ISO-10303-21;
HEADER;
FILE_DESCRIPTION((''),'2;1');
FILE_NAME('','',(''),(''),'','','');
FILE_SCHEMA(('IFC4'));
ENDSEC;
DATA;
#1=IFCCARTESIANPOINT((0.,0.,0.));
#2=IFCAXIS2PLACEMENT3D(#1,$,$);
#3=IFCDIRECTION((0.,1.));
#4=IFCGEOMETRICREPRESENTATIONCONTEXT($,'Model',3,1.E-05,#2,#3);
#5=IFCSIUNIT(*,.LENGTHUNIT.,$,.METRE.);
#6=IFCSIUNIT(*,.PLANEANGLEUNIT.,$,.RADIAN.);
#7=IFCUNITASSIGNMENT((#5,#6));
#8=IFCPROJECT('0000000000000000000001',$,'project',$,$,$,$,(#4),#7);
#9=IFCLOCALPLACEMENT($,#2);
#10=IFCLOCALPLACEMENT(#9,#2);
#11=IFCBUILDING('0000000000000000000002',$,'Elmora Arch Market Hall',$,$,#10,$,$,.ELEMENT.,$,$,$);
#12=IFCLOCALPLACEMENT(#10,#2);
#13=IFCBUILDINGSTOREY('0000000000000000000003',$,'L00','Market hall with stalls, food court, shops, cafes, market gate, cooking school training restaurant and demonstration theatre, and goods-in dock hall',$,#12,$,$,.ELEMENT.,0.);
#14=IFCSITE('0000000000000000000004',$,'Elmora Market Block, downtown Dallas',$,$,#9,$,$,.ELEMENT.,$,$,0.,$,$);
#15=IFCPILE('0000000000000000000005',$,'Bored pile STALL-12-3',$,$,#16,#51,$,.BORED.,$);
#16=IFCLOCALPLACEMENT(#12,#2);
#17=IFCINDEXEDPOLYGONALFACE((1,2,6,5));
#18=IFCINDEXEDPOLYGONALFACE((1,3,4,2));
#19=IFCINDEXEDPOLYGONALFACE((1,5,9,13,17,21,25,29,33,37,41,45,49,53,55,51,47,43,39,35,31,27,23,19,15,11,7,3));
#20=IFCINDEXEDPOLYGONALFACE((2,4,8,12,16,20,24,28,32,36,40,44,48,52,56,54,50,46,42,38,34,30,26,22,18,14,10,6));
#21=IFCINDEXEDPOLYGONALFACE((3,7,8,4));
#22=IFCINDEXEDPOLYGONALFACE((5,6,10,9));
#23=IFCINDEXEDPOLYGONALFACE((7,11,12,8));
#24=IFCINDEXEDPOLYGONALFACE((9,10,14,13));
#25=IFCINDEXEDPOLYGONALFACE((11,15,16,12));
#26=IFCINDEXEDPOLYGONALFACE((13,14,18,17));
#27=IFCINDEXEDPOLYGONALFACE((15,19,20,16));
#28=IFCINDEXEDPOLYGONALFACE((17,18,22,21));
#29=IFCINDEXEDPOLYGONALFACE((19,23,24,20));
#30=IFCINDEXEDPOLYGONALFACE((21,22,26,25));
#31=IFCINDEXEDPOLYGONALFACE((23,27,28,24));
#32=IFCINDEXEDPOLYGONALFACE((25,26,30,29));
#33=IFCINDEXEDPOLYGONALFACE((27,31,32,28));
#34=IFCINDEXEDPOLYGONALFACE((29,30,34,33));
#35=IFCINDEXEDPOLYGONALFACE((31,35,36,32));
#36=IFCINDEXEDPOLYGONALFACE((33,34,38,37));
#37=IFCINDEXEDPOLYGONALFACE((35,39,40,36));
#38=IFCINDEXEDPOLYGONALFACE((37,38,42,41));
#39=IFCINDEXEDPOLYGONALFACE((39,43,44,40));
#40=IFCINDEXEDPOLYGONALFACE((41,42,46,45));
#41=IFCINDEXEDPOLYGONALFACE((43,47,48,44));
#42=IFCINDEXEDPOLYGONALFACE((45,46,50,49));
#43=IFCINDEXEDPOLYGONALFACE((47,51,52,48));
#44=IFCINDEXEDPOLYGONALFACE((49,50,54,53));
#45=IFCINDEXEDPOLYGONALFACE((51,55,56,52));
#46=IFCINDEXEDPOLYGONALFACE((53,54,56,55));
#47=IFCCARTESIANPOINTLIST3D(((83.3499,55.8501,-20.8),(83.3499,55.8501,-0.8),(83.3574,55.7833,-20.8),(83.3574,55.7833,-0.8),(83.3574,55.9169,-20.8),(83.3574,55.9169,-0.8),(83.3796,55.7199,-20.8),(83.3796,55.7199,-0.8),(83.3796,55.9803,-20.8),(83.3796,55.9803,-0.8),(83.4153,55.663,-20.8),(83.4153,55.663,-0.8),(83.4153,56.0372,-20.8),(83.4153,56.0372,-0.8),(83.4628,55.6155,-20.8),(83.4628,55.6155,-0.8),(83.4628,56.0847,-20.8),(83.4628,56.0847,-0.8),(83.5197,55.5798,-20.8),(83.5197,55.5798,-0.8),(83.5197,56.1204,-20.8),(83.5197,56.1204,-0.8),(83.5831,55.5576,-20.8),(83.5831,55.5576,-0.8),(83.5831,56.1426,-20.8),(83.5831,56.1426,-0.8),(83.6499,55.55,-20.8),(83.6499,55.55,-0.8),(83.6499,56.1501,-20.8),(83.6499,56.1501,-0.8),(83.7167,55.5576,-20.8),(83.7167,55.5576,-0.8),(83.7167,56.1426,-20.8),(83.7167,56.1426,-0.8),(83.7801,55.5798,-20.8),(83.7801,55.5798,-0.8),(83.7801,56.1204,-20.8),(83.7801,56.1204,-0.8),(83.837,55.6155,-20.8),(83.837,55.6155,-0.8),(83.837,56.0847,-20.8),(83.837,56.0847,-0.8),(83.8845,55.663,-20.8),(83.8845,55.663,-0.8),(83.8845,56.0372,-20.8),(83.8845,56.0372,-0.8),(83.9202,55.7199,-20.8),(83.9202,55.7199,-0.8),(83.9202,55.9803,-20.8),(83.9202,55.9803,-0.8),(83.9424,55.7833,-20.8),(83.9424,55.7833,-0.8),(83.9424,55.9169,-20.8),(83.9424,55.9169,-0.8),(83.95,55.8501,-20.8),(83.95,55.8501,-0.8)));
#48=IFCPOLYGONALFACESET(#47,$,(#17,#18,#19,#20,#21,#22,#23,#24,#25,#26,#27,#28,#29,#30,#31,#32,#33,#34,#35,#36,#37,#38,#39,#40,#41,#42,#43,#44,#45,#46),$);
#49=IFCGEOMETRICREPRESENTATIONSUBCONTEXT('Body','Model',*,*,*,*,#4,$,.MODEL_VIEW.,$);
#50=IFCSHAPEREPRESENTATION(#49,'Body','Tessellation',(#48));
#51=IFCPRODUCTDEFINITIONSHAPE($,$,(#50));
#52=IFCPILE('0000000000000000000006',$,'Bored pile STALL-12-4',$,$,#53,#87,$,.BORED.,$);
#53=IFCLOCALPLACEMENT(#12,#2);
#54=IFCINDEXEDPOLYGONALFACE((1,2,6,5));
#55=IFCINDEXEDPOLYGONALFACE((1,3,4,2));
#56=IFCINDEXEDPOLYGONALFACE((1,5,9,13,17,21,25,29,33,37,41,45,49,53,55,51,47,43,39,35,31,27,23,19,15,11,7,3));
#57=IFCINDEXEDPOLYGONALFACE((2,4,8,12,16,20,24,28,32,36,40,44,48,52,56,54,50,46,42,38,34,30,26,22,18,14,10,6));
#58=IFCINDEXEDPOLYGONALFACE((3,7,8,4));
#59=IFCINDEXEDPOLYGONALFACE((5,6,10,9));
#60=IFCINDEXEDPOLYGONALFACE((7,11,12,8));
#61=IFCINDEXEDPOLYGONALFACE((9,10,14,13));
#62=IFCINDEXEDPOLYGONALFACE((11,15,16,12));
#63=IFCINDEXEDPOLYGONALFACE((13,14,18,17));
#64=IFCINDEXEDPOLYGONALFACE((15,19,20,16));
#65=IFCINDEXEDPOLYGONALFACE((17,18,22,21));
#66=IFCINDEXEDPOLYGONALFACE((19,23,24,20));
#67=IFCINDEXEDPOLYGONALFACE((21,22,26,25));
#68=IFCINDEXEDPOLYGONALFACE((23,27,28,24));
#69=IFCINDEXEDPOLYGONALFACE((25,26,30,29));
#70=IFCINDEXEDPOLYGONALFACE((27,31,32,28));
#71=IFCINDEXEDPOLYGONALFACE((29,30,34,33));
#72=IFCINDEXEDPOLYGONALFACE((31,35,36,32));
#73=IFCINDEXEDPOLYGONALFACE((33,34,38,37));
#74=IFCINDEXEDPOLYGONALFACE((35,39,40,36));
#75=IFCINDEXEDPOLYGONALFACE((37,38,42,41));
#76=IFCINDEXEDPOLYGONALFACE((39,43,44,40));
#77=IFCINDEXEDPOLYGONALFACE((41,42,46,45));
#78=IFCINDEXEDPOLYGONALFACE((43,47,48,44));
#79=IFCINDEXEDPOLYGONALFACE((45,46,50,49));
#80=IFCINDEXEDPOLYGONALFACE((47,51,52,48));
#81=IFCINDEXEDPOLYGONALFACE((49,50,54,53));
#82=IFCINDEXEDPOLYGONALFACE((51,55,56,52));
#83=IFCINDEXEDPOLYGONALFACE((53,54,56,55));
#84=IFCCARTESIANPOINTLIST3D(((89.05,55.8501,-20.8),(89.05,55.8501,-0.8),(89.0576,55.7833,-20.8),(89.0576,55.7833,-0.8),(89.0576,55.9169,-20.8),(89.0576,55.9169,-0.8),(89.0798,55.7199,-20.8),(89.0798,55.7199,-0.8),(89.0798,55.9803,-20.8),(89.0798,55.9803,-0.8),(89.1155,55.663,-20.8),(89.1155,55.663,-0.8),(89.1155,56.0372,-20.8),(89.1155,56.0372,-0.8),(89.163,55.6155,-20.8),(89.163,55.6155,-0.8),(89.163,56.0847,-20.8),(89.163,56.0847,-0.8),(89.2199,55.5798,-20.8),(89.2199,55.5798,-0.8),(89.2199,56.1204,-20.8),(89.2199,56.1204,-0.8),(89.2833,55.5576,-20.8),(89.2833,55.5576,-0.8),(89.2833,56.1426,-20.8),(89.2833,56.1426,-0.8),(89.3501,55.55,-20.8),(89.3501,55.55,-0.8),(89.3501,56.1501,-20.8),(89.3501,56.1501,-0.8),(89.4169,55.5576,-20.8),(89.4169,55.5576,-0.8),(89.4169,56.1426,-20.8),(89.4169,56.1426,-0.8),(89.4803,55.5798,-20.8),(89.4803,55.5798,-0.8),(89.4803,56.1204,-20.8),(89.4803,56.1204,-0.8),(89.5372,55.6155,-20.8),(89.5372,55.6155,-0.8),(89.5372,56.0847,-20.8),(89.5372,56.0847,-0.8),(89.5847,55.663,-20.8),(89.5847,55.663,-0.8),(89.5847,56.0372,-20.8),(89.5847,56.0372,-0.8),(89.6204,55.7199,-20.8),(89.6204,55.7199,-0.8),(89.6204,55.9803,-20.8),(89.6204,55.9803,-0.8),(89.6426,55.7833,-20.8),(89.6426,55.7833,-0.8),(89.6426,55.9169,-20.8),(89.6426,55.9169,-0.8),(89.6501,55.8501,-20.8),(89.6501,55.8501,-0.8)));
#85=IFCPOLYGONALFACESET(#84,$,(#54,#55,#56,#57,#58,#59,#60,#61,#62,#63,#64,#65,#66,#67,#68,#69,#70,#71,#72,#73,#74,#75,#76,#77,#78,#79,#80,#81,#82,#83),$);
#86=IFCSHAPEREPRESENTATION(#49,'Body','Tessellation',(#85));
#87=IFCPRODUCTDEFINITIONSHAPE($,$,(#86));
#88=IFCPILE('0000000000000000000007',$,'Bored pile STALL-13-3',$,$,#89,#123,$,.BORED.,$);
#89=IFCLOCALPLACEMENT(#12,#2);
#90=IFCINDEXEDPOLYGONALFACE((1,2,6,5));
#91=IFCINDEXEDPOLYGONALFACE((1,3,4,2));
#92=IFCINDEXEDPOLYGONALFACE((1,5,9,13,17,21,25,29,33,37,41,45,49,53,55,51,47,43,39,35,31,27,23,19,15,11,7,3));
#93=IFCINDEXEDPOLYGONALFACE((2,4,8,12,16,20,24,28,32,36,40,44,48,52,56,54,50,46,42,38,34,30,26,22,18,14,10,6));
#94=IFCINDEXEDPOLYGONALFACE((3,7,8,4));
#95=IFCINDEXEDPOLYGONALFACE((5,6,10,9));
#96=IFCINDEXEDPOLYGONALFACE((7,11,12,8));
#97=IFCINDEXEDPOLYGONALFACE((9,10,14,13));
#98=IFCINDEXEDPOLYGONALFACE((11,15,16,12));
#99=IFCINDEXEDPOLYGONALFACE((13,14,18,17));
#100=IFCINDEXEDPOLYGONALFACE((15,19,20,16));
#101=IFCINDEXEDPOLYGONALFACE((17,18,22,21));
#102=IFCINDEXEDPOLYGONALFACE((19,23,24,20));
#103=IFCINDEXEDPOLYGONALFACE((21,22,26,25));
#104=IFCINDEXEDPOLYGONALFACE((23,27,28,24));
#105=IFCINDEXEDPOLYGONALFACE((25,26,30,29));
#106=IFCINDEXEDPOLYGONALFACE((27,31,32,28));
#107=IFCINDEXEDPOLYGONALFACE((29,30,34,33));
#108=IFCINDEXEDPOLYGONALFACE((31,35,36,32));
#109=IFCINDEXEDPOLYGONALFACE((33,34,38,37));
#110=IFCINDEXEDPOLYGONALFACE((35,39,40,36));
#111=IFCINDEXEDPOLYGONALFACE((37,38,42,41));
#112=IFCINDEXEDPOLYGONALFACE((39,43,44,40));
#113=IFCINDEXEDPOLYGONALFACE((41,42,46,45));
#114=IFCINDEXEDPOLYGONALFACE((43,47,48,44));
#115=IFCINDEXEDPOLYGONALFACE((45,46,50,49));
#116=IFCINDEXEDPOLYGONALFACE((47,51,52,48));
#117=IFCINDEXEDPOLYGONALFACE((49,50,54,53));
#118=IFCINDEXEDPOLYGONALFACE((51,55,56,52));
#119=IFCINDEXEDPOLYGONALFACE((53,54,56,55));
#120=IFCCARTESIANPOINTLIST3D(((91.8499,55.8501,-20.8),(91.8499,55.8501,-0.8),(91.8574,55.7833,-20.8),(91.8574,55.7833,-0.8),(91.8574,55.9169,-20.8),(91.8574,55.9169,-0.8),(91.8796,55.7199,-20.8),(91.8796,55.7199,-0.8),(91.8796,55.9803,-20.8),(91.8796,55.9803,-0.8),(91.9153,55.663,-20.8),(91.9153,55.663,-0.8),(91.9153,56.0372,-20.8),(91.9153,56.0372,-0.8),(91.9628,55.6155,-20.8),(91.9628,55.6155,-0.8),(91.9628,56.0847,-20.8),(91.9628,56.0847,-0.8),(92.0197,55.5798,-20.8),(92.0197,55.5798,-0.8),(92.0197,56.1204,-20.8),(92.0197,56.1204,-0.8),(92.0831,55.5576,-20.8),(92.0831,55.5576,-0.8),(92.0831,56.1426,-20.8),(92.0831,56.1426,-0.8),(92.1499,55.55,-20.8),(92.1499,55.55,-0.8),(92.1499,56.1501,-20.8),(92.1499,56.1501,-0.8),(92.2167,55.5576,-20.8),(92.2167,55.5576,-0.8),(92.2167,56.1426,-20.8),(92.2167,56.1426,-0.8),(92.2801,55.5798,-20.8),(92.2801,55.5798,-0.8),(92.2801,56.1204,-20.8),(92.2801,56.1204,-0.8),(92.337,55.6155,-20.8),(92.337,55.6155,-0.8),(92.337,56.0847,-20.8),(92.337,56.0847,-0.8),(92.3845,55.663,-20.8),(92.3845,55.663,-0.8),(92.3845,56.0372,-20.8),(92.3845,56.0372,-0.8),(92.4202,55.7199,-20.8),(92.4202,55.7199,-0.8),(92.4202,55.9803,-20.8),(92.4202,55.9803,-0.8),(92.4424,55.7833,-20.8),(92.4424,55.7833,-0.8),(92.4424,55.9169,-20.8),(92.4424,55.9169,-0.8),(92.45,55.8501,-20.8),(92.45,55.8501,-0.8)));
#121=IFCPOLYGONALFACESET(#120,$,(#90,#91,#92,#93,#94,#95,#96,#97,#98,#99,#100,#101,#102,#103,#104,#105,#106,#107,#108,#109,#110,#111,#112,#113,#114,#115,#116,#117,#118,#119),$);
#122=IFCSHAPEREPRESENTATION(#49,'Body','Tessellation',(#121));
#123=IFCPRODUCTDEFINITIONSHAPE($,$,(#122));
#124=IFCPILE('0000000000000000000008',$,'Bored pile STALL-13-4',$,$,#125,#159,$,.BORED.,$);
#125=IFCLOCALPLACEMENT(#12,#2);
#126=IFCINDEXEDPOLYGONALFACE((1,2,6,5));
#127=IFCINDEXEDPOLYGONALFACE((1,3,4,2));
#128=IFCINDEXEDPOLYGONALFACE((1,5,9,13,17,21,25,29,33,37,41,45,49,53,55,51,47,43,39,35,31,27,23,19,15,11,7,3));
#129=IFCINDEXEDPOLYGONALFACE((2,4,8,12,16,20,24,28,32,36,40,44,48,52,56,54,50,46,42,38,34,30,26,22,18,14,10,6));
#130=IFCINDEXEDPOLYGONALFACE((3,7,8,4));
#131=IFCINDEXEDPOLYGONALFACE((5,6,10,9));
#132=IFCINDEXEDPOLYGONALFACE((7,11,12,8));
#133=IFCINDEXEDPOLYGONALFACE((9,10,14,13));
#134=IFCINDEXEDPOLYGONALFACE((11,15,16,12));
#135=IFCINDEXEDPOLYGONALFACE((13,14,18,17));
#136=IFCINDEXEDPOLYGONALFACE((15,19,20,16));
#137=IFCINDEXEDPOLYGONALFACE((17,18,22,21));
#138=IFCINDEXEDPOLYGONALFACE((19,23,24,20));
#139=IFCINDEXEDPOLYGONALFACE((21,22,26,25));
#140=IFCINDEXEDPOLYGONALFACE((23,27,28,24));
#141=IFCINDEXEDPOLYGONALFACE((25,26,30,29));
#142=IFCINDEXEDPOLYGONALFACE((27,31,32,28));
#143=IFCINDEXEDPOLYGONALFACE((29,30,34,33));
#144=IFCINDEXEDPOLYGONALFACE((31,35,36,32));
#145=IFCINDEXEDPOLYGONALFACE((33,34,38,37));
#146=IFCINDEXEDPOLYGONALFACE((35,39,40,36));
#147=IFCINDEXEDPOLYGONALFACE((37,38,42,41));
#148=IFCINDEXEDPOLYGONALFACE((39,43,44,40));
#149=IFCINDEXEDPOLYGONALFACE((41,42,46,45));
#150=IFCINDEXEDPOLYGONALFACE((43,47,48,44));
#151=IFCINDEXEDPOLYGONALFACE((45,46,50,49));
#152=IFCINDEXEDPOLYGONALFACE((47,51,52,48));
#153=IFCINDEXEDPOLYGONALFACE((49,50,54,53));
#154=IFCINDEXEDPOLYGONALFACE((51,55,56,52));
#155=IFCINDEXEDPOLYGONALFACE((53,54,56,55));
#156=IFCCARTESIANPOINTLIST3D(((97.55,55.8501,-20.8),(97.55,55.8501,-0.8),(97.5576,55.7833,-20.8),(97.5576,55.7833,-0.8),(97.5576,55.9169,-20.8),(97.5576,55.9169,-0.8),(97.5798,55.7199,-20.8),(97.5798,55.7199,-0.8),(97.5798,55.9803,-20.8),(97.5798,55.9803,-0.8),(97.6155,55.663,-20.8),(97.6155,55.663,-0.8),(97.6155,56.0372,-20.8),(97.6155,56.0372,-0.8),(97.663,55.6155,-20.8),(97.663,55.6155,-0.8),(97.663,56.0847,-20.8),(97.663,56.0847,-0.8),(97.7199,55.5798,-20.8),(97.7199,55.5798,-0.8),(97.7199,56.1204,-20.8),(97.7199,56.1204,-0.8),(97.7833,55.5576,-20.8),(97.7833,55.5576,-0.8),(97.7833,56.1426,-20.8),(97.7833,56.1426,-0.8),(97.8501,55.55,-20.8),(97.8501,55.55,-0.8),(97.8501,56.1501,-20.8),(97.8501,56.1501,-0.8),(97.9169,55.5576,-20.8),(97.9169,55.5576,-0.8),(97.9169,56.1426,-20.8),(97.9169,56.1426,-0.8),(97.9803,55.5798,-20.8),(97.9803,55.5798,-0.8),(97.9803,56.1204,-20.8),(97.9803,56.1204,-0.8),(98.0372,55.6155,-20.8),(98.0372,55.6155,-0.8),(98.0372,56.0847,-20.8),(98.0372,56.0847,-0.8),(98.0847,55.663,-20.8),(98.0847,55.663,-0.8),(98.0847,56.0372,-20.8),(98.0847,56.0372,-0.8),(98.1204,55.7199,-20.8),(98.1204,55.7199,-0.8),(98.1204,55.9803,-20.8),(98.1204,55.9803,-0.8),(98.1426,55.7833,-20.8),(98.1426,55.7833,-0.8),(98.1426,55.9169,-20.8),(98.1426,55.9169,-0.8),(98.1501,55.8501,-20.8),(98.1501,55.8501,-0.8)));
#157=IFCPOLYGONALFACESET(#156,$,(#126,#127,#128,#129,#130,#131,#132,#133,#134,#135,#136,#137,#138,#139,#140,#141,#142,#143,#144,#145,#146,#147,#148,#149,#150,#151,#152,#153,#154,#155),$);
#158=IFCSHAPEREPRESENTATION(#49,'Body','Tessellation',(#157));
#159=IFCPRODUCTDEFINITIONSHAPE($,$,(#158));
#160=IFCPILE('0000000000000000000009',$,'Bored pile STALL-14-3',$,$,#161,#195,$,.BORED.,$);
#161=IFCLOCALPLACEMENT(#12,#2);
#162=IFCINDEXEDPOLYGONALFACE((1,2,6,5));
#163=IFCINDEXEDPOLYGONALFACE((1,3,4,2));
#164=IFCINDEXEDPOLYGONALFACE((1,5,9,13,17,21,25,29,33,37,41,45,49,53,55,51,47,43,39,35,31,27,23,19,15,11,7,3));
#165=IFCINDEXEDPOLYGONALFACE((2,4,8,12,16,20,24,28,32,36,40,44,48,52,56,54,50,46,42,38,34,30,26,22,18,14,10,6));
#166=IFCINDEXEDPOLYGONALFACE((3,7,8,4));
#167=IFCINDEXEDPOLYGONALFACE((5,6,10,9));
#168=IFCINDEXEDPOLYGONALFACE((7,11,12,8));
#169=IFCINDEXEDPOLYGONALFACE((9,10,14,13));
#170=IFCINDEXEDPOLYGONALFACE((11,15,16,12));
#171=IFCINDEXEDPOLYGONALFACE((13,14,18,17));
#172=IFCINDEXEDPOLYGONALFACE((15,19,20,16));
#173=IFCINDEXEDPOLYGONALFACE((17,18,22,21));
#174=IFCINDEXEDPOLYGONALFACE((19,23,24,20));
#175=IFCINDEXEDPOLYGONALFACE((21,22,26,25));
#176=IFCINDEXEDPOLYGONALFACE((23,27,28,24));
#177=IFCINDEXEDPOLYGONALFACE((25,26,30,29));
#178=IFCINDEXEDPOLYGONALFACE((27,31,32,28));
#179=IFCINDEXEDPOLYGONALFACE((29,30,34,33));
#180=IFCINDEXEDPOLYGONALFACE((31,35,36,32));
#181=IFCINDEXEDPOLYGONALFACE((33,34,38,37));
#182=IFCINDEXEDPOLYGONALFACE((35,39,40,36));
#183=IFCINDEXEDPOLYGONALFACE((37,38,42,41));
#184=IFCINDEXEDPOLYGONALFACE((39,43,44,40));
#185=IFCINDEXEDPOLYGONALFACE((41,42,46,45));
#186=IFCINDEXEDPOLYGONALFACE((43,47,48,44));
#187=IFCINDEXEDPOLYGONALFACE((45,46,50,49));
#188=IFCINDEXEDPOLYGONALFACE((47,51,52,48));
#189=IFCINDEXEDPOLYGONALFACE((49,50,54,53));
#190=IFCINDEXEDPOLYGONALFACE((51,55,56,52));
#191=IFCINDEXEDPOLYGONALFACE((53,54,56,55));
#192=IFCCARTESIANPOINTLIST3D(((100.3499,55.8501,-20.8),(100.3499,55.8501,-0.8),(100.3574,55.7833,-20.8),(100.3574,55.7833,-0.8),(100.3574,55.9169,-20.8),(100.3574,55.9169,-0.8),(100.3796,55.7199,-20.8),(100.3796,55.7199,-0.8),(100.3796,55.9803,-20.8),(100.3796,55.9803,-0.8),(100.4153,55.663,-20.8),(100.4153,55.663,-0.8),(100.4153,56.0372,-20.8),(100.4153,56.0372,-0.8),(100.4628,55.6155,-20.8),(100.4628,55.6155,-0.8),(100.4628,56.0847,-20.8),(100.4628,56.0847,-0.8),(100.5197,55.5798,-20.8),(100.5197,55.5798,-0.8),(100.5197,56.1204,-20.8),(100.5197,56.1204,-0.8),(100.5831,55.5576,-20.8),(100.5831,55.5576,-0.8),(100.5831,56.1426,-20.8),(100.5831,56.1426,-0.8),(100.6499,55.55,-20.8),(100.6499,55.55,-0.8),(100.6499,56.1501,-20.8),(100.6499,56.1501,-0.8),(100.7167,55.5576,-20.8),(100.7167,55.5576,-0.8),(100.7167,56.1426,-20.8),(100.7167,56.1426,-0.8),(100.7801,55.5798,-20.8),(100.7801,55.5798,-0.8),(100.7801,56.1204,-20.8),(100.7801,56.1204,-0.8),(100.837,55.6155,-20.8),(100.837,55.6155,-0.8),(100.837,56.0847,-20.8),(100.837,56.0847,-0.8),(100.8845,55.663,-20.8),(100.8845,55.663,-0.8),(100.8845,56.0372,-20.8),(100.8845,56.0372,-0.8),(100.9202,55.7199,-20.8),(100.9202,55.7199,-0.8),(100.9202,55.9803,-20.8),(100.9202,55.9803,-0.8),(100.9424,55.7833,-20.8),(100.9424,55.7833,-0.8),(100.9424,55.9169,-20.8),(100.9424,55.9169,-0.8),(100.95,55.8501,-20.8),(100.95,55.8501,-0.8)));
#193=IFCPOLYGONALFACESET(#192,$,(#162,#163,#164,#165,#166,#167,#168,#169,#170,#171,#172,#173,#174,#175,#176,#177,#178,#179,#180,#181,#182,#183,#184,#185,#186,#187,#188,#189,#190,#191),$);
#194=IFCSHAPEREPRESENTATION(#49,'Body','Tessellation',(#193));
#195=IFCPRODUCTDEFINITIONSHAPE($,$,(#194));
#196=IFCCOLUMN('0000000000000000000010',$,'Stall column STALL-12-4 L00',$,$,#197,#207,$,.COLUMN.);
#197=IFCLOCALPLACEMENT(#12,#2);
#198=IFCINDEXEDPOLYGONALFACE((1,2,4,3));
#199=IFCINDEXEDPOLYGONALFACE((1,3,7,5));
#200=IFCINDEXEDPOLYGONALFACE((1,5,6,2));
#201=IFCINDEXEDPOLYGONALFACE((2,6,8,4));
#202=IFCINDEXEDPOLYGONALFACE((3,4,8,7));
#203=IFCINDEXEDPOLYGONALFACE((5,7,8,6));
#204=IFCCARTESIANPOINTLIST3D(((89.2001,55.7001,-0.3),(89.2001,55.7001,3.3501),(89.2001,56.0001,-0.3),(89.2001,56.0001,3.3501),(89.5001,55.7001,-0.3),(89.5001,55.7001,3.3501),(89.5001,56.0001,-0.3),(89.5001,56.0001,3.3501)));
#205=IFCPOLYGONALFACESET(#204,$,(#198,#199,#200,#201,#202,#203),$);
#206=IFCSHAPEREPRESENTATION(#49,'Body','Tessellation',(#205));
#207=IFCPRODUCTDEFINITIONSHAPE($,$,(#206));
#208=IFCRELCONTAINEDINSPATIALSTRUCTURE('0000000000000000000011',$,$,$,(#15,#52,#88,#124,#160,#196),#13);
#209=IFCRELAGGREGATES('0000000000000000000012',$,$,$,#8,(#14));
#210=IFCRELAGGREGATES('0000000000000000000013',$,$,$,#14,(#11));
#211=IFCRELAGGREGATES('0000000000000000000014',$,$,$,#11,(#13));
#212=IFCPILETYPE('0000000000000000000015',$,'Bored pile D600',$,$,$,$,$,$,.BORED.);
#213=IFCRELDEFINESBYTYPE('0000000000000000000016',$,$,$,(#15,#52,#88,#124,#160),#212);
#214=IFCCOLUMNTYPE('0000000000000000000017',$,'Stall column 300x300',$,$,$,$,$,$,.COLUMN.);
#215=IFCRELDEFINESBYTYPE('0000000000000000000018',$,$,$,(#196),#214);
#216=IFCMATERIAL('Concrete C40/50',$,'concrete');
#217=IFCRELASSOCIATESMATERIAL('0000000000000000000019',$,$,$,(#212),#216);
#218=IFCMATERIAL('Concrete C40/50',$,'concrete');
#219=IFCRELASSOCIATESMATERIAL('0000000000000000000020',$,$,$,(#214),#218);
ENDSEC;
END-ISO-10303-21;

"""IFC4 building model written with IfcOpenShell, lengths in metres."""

from ifc_helpers import new_model, si_unit, direction, frame, origin, origin_2d, place, context, subcontext, project, spatial, rectangle, circle, extrude, material, material_profile, profile_set, type_object, element, save


model = new_model("IFC4")

# Units and contexts
model_context = context("Model", 3, precision=1e-05, world=origin(), true_north=direction((0.0, 1.0)))
body_context = subcontext(model_context, "Body", "Model", "MODEL_VIEW")
ifc_project = project(units=[si_unit("LENGTHUNIT", "METRE"), si_unit("PLANEANGLEUNIT", "RADIAN")], contexts=[model_context])

# Site, building, storey
site_placement = place(None, origin())
site = spatial("IfcSite", under=ifc_project, at=site_placement, Name="Elmora Market Block, downtown Dallas", CompositionType="ELEMENT", RefElevation=0.0)
building_placement = place(site_placement, origin())
building = spatial("IfcBuilding", under=site, at=building_placement, Name="Elmora Arch Market Hall", CompositionType="ELEMENT")
storey_placement = place(building_placement, origin())
storey = spatial("IfcBuildingStorey", under=building, at=storey_placement, Name="L00", Description="Market hall with stalls, food court, shops, cafes, market gate, cooking school training restaurant and demonstration theatre, and goods-in dock hall", CompositionType="ELEMENT", Elevation=0.0)

# Piles
ifc_material_1 = material(Name="Concrete C40/50", Category="concrete")
ifc_material_profile_1 = material_profile(ifc_material_1, circle(Radius=0.3, at=origin_2d()), Name="Bored pile D600")
ifc_profile_set_1 = profile_set([ifc_material_profile_1], Name="Concrete C40/50")
pile_type = type_object("IfcPileType", Name="Bored pile D600", PredefinedType="BORED", material=ifc_profile_set_1)
for number, where, z_axis, x_axis, name in (
    (1, (83.6499, 55.8501, -0.8), (0.0, 0.0, -1.0), (1.0, 0.0, 0.0), "Bored pile STALL-12-3"),
    (2, (89.3501, 55.8501, -0.8), (0.0, 0.0, -1.0), (1.0, 0.0, 0.0), "Bored pile STALL-12-4"),
    (3, (92.1499, 55.8501, -0.8), (0.0, 0.0, -1.0), (1.0, 0.0, 0.0), "Bored pile STALL-13-3"),
    (4, (97.8501, 55.8501, -0.8), (0.0, 0.0, -1.0), (1.0, 0.0, 0.0), "Bored pile STALL-13-4"),
    (5, (100.6499, 55.8501, -0.8), (0.0, 0.0, -1.0), (1.0, 0.0, 0.0), "Bored pile STALL-14-3"),
):
    element("IfcPile", number, at=place(storey_placement, frame(where, z_axis=z_axis, x_axis=x_axis)), inside=storey, type_object=pile_type, Name=name, PredefinedType="BORED", context=body_context, shape_type="SweptSolid", body=[
        extrude(circle(Radius=0.3, at=origin_2d()), origin(), (0.0, 0.0, 1.0), 20.0),
    ])

# Column
ifc_material_2 = material(Name="Concrete C40/50", Category="concrete")
ifc_material_profile_2 = material_profile(ifc_material_2, rectangle(XDim=0.3, YDim=0.3, at=origin_2d()), Name="Stall column 300x300")
ifc_profile_set_2 = profile_set([ifc_material_profile_2], Name="Concrete C40/50")
column_type = type_object("IfcColumnType", Name="Stall column 300x300", PredefinedType="COLUMN", material=ifc_profile_set_2)
for number, where, z_axis, x_axis, name in (
    (6, (89.3501, 55.8501, -0.3), (0.0, 0.0, 1.0), (1.0, 0.0, 0.0), "Stall column STALL-12-4 L00"),
):
    element("IfcColumn", number, at=place(storey_placement, frame(where, z_axis=z_axis, x_axis=x_axis)), inside=storey, type_object=column_type, Name=name, PredefinedType="COLUMN", context=body_context, shape_type="SweptSolid", body=[
        extrude(rectangle(XDim=0.3, YDim=0.3, at=origin_2d()), origin(), (0.0, 0.0, 1.0), 3.6501),
    ])

save(model, "model.ifc")
